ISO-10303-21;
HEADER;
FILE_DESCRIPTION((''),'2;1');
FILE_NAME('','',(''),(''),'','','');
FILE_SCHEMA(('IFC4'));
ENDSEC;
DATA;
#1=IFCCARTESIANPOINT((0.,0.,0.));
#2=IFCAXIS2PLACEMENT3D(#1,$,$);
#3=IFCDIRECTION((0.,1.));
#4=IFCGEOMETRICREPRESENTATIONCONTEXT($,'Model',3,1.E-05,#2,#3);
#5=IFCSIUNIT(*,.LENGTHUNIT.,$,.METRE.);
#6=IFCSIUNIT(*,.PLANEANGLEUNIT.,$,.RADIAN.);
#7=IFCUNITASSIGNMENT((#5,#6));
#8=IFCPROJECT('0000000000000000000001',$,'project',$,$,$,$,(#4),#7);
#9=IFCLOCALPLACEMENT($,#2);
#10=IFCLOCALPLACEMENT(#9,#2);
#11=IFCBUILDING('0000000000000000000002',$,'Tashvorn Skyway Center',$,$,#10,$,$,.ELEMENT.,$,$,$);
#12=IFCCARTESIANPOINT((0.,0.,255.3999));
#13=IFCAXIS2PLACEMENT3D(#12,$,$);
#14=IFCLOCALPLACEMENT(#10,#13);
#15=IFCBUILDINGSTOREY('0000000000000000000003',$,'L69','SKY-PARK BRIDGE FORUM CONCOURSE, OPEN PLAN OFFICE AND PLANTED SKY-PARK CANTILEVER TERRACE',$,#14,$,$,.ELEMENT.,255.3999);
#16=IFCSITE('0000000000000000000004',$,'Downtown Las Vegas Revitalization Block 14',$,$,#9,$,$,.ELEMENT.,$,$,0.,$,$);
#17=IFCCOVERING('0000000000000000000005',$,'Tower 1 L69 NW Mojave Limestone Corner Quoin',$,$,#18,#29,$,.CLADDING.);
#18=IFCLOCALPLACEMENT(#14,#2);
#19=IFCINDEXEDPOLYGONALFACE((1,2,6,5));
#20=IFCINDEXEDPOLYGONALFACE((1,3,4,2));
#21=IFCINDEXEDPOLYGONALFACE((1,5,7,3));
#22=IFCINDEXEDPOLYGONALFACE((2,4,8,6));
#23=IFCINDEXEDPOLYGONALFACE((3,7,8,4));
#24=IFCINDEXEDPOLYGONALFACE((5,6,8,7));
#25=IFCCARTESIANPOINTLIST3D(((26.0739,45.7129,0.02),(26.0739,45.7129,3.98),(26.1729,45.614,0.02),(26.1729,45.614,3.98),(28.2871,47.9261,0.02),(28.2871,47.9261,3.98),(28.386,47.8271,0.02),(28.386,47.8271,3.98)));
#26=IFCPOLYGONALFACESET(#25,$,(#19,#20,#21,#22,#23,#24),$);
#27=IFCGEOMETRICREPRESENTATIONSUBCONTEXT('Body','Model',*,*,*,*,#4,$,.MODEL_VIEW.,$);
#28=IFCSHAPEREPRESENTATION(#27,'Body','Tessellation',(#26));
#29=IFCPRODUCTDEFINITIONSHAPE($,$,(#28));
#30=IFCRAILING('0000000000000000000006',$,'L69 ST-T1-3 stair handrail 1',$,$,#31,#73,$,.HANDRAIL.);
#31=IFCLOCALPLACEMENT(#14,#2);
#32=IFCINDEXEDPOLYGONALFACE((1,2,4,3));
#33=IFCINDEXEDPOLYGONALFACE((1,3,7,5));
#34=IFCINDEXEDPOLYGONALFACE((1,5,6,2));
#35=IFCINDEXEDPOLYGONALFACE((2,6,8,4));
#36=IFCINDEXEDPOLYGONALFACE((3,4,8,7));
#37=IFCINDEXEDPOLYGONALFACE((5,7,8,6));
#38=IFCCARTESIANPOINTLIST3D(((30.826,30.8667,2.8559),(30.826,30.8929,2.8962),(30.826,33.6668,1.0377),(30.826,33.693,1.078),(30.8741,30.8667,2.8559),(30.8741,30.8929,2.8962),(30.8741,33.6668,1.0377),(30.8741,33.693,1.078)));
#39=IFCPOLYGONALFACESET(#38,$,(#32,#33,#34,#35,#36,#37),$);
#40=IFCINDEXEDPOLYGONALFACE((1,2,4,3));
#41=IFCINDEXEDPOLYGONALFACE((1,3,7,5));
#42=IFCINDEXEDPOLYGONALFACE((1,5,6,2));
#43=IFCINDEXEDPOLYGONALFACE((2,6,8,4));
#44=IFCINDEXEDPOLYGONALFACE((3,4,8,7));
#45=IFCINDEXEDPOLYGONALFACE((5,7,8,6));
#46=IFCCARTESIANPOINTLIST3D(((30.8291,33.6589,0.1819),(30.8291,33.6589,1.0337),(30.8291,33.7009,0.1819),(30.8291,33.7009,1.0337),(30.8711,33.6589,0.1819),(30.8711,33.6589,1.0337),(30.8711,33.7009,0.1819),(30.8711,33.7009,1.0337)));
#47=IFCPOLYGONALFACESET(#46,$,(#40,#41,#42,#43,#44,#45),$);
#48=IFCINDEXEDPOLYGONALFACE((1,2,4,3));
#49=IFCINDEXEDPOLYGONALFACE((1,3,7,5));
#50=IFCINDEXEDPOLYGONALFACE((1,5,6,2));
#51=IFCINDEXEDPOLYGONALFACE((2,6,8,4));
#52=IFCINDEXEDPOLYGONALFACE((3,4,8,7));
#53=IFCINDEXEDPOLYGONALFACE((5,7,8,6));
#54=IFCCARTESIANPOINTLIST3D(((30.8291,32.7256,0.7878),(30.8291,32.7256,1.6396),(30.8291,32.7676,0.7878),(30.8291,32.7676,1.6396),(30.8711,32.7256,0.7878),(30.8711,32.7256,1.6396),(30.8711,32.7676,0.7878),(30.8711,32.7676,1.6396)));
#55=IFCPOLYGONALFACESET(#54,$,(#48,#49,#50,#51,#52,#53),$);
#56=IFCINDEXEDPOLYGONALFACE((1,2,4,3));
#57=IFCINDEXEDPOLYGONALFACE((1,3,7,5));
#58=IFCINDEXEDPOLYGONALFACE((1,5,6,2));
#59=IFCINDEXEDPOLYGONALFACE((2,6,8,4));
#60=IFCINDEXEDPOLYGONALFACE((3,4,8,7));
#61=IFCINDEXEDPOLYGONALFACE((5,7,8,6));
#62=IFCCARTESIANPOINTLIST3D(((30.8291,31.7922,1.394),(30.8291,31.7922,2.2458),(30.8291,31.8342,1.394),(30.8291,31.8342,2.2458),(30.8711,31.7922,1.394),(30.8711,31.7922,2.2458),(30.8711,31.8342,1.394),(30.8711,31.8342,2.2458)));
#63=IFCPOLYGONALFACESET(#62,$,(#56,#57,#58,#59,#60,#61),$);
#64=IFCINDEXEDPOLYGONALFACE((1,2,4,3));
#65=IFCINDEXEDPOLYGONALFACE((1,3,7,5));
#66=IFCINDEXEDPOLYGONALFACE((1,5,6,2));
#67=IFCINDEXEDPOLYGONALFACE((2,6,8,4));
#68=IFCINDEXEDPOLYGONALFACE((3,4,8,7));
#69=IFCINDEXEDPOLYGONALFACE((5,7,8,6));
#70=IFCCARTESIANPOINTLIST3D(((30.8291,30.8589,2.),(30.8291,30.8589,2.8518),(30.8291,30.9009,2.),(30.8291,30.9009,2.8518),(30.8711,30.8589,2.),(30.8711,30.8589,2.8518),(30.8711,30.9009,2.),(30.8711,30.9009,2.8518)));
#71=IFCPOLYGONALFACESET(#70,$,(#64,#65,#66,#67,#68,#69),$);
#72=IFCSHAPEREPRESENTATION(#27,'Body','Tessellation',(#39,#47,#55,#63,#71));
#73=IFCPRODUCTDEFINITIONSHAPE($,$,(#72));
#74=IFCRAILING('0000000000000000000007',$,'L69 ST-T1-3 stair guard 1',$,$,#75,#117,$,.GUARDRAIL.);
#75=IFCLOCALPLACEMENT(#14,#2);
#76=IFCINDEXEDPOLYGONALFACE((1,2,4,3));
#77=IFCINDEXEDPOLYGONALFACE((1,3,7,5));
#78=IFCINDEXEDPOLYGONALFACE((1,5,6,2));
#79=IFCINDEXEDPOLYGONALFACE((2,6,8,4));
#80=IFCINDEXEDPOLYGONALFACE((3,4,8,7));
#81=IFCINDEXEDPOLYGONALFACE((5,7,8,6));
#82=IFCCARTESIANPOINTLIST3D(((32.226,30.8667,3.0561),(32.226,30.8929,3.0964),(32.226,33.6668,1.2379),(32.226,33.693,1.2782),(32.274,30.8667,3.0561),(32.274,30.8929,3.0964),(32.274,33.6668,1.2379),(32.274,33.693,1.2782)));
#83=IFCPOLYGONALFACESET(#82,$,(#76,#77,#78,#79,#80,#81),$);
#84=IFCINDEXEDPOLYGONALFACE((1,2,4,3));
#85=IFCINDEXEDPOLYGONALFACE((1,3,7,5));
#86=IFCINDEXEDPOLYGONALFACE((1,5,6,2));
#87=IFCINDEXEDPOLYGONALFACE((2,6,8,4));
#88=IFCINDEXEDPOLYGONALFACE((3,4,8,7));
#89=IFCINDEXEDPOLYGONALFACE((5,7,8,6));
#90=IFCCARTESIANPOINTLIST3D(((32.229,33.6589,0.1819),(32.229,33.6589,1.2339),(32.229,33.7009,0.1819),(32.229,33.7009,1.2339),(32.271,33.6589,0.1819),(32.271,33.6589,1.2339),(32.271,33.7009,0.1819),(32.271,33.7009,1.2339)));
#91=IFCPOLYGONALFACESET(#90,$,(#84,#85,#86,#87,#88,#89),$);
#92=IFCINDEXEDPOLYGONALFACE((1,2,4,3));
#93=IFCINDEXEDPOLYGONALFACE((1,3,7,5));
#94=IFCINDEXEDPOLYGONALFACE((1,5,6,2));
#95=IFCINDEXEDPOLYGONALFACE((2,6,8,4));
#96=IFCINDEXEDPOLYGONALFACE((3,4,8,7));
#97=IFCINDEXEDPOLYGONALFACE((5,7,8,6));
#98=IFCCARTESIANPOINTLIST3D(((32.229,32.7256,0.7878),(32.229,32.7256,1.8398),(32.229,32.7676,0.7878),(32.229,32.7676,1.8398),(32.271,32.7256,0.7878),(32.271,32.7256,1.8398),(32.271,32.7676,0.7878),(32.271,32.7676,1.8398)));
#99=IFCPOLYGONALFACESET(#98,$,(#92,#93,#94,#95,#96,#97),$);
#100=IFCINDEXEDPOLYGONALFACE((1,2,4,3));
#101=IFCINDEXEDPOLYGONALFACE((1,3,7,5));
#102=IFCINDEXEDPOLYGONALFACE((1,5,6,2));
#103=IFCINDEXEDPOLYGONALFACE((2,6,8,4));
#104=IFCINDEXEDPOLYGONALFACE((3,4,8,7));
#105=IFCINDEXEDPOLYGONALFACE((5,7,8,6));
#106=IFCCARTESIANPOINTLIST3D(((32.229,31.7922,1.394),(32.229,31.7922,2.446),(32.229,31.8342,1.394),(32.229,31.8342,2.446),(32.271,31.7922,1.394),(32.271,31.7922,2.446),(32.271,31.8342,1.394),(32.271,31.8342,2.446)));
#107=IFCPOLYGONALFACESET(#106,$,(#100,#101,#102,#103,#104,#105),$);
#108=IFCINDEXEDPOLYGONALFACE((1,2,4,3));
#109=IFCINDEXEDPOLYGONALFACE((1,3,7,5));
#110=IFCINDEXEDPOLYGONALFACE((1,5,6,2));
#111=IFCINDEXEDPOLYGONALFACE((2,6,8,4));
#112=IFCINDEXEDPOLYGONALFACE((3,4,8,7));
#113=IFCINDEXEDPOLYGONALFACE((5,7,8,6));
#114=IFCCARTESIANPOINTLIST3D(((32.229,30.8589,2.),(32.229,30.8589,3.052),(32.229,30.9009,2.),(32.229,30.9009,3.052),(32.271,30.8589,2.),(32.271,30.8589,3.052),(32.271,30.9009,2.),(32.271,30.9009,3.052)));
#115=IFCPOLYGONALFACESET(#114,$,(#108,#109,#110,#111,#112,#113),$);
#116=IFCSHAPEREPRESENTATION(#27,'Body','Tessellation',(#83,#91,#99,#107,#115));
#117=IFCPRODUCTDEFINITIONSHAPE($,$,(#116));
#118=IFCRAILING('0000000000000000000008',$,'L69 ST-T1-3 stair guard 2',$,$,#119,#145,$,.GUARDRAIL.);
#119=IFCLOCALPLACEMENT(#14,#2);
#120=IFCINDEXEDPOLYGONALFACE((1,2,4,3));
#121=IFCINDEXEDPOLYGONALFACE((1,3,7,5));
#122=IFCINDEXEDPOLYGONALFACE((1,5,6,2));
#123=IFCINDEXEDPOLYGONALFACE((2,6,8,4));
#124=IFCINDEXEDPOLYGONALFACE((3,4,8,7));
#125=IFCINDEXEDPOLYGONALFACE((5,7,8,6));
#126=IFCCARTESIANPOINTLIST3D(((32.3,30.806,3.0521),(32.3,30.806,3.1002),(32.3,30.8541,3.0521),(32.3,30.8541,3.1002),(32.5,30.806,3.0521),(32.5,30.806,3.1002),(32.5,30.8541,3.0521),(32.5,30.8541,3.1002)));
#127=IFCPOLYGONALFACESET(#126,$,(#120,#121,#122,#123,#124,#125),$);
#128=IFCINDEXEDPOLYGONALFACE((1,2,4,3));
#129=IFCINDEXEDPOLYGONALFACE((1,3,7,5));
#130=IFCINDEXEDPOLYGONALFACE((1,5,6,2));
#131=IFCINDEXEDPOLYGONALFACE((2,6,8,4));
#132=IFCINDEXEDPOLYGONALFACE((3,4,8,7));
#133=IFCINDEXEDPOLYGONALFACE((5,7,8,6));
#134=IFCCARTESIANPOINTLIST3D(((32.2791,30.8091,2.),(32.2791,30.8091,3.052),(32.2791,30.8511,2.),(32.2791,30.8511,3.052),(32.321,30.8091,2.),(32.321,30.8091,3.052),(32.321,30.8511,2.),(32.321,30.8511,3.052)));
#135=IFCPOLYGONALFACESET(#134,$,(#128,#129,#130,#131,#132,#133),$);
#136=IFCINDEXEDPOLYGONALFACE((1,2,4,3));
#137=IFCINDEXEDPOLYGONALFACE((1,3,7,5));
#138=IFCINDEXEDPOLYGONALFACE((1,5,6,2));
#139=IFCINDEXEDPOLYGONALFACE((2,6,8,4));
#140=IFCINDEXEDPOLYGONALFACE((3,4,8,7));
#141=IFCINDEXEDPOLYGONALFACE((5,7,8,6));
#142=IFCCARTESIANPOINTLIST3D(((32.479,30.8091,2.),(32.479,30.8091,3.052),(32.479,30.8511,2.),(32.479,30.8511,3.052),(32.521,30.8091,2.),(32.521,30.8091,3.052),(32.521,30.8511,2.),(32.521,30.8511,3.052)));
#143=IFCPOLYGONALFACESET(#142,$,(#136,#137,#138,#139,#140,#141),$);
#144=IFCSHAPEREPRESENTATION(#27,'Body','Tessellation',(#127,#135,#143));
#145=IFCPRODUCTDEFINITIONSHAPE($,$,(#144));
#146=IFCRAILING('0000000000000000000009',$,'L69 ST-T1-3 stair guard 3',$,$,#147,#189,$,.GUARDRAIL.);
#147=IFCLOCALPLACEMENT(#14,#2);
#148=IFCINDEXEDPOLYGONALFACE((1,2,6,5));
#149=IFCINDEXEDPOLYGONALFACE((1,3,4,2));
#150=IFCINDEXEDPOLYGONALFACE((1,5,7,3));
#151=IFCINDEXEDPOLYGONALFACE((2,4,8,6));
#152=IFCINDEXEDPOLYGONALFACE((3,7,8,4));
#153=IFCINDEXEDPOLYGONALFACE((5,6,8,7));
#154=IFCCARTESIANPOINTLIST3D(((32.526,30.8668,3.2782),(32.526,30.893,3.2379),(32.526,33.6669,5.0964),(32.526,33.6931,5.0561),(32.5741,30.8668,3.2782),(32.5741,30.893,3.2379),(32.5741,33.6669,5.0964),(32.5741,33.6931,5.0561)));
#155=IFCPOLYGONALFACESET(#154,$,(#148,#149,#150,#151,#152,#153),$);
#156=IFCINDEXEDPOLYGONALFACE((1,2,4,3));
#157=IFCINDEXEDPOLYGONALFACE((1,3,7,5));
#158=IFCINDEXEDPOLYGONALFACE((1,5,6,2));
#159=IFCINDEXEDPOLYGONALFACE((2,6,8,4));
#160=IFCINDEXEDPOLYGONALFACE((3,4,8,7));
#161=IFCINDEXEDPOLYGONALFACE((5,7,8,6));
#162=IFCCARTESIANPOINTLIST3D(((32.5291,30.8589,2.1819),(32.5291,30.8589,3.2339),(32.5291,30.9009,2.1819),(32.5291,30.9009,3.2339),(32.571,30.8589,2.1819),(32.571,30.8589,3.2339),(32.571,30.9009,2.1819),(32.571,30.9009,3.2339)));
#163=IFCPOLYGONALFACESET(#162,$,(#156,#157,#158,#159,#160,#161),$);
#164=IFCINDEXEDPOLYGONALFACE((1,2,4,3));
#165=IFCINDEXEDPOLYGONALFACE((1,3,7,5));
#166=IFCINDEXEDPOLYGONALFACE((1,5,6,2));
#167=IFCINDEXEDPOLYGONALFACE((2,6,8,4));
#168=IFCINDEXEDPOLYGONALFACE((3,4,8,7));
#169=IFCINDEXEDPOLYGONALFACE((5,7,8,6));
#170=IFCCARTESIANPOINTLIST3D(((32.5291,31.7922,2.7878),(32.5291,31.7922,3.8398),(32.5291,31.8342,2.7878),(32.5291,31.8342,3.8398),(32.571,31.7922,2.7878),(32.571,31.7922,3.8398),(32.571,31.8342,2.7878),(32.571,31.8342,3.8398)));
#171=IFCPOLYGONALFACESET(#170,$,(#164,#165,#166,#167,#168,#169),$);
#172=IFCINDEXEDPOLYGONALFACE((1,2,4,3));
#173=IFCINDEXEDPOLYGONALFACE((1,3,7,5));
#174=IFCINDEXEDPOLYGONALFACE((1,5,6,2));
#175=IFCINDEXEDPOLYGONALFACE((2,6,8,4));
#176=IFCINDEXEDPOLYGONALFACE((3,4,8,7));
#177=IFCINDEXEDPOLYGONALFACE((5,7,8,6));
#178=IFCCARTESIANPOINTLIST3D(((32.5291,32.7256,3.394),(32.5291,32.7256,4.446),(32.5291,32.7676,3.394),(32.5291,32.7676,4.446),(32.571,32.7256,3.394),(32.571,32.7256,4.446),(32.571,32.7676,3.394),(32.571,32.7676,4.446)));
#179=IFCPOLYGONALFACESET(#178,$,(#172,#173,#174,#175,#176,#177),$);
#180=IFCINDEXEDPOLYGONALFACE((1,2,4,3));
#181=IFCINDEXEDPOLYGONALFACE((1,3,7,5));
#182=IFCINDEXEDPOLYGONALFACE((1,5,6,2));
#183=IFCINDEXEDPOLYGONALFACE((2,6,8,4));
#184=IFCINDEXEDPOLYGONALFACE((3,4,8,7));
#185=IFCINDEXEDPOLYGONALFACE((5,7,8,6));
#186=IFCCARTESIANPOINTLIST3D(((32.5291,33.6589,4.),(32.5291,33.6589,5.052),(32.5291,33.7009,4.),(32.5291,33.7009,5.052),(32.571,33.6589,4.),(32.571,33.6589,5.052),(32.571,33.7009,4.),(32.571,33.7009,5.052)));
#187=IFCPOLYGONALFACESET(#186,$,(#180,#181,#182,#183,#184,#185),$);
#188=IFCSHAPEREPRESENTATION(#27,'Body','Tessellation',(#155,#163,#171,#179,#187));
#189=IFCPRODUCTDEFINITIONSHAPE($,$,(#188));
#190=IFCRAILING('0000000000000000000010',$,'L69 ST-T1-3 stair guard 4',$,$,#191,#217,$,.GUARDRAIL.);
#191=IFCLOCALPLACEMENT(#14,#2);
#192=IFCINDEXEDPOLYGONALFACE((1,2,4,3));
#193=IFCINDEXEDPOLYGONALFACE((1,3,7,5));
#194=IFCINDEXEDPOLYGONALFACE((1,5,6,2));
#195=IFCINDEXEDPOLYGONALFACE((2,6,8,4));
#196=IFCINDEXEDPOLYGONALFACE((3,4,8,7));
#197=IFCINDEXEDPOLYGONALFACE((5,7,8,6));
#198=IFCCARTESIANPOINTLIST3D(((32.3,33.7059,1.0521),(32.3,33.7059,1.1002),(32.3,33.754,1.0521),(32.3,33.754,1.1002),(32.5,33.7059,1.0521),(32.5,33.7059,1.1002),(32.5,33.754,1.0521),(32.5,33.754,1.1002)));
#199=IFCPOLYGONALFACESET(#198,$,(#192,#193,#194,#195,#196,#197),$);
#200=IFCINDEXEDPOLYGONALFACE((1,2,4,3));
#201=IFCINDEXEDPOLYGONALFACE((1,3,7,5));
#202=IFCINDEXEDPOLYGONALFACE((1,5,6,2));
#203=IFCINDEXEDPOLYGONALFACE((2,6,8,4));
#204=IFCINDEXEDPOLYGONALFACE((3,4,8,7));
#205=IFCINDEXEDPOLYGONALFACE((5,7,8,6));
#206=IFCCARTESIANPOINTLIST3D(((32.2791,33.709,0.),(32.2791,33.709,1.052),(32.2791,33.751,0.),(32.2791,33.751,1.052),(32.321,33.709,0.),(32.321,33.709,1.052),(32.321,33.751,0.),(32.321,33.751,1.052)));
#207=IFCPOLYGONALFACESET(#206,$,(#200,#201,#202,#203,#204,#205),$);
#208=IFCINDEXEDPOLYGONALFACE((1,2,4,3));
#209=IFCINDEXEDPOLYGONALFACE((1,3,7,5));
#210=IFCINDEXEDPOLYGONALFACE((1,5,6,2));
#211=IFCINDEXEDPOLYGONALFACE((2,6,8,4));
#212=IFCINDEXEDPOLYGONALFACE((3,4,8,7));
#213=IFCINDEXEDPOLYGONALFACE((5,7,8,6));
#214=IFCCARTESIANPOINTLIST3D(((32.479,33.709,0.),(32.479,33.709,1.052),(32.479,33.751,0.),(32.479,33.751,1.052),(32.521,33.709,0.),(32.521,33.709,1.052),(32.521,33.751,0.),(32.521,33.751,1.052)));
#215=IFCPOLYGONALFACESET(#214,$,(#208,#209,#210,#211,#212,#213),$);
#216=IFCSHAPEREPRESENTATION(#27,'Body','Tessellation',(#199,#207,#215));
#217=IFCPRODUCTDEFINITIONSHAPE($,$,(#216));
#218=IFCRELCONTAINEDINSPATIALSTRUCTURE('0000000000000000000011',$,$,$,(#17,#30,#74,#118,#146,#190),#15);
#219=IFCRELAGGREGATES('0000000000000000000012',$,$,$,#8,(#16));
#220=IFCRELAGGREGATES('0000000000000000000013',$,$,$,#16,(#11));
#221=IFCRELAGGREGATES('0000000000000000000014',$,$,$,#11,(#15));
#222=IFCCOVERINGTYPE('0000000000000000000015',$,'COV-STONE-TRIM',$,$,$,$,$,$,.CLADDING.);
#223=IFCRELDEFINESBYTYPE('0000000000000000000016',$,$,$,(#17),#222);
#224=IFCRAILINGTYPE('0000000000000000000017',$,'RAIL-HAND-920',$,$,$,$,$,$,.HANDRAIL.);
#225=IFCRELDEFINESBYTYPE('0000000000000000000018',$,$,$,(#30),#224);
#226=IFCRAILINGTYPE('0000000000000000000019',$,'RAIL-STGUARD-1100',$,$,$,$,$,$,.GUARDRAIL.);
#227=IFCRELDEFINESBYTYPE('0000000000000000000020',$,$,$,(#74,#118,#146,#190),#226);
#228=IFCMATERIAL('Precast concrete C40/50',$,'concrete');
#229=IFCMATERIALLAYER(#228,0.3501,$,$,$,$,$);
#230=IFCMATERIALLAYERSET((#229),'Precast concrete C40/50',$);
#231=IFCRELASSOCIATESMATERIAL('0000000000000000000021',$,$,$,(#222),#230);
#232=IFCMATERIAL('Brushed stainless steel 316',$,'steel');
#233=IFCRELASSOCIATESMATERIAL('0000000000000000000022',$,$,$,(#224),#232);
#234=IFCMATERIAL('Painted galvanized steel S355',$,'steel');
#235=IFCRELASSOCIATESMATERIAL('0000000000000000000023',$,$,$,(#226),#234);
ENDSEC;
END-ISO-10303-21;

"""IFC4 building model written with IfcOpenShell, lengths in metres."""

from ifc_helpers import new_model, si_unit, direction, frame, origin, origin_2d, place, context, subcontext, project, spatial, rectangle, extrude, material, layer, layer_set, type_object, element, save


model = new_model("IFC4")

# Units and contexts
model_context = context("Model", 3, precision=1e-05, world=origin(), true_north=direction((0.0, 1.0)))
body_context = subcontext(model_context, "Body", "Model", "MODEL_VIEW")
ifc_project = project(units=[si_unit("LENGTHUNIT", "METRE"), si_unit("PLANEANGLEUNIT", "RADIAN")], contexts=[model_context])

# Site, building, storey
site_placement = place(None, origin())
site = spatial("IfcSite", under=ifc_project, at=site_placement, Name="Downtown Las Vegas Revitalization Block 14", CompositionType="ELEMENT", RefElevation=0.0)
building_placement = place(site_placement, origin())
building = spatial("IfcBuilding", under=site, at=building_placement, Name="Tashvorn Skyway Center", CompositionType="ELEMENT")
storey_placement = place(building_placement, frame((0.0, 0.0, 255.3999)))
storey = spatial("IfcBuildingStorey", under=building, at=storey_placement, Name="L69", Description="SKY-PARK BRIDGE FORUM CONCOURSE, OPEN PLAN OFFICE AND PLANTED SKY-PARK CANTILEVER TERRACE", CompositionType="ELEMENT", Elevation=255.3999)

# Covering
ifc_material_1 = material(Name="Precast concrete C40/50", Category="concrete")
ifc_layer_1 = layer(ifc_material_1, 0.3501)
ifc_layer_set_1 = layer_set([ifc_layer_1], Name="Precast concrete C40/50")
covering_type = type_object("IfcCoveringType", Name="COV-STONE-TRIM", PredefinedType="CLADDING", material=ifc_layer_set_1)
covering_placement = place(storey_placement, frame((27.23, 46.77, 0.02), z_axis=(0.0, 0.0, 1.0), x_axis=(-0.707107, -0.707107, 0.0)))
element("IfcCovering", 1, at=covering_placement, inside=storey, type_object=covering_type, Name="Tower 1 L69 NW Mojave Limestone Corner Quoin", PredefinedType="CLADDING", context=body_context, shape_type="SweptSolid", body=[
    extrude(rectangle(XDim=3.1299, YDim=0.1399, at=origin_2d()), origin(), (0.0, 0.0, 1.0), 3.96),
])

# Railings
ifc_material_2 = material(Name="Brushed stainless steel 316", Category="steel")
railing_type_1 = type_object("IfcRailingType", Name="RAIL-HAND-920", PredefinedType="HANDRAIL", material=ifc_material_2)
railing_1_placement = place(storey_placement, frame((30.8501, 33.6799, 0.1819)))
element("IfcRailing", 2, at=railing_1_placement, inside=storey, type_object=railing_type_1, Name="L69 ST-T1-3 stair handrail 1", PredefinedType="HANDRAIL", context=body_context, shape_type="SweptSolid", body=[
    extrude(rectangle(XDim=0.0481, YDim=0.0481, at=origin_2d()), frame((0.0, 0.0, 0.876), z_axis=(0.0, -0.838706, 0.544585), x_axis=(1.0, 0.0, 0.0)), (0.0, 0.0, 1.0), 3.3386),
    extrude(rectangle(XDim=0.042, YDim=0.042, at=origin_2d()), origin(), (0.0, 0.0, 1.0), 0.8518),
    extrude(rectangle(XDim=0.042, YDim=0.042, at=origin_2d()), frame((0.0, -0.9333, 0.606)), (0.0, 0.0, 1.0), 0.8518),
    extrude(rectangle(XDim=0.042, YDim=0.042, at=origin_2d()), frame((0.0, -1.8667, 1.2122)), (0.0, 0.0, 1.0), 0.8518),
    extrude(rectangle(XDim=0.042, YDim=0.042, at=origin_2d()), frame((0.0, -2.8, 1.8181)), (0.0, 0.0, 1.0), 0.8518),
])
ifc_material_3 = material(Name="Painted galvanized steel S355", Category="steel")
railing_type_2 = type_object("IfcRailingType", Name="RAIL-STGUARD-1100", PredefinedType="GUARDRAIL", material=ifc_material_3)
railing_2_placement = place(storey_placement, frame((32.25, 33.6799, 0.1819)))
element("IfcRailing", 3, at=railing_2_placement, inside=storey, type_object=railing_type_2, Name="L69 ST-T1-3 stair guard 1", PredefinedType="GUARDRAIL", context=body_context, shape_type="SweptSolid", body=[
    extrude(rectangle(XDim=0.0481, YDim=0.0481, at=origin_2d()), frame((0.0, 0.0, 1.0762), z_axis=(0.0, -0.838706, 0.544585), x_axis=(1.0, 0.0, 0.0)), (0.0, 0.0, 1.0), 3.3386),
    extrude(rectangle(XDim=0.042, YDim=0.042, at=origin_2d()), origin(), (0.0, 0.0, 1.0), 1.052),
    extrude(rectangle(XDim=0.042, YDim=0.042, at=origin_2d()), frame((0.0, -0.9333, 0.606)), (0.0, 0.0, 1.0), 1.052),
    extrude(rectangle(XDim=0.042, YDim=0.042, at=origin_2d()), frame((0.0, -1.8667, 1.2122)), (0.0, 0.0, 1.0), 1.052),
    extrude(rectangle(XDim=0.042, YDim=0.042, at=origin_2d()), frame((0.0, -2.8, 1.8181)), (0.0, 0.0, 1.0), 1.052),
])
railing_3_placement = place(storey_placement, frame((32.3, 30.8301, 2.0)))
element("IfcRailing", 4, at=railing_3_placement, inside=storey, type_object=railing_type_2, Name="L69 ST-T1-3 stair guard 2", PredefinedType="GUARDRAIL", context=body_context, shape_type="SweptSolid", body=[
    extrude(rectangle(XDim=0.0481, YDim=0.0481, at=origin_2d()), frame((0.0, 0.0, 1.0762), z_axis=(1.0, 0.0, 0.0), x_axis=(0.0, 1.0, 0.0)), (0.0, 0.0, 1.0), 0.2),
    extrude(rectangle(XDim=0.042, YDim=0.042, at=origin_2d()), origin(), (0.0, 0.0, 1.0), 1.052),
    extrude(rectangle(XDim=0.042, YDim=0.042, at=origin_2d()), frame((0.2, 0.0, 0.0)), (0.0, 0.0, 1.0), 1.052),
])
railing_4_placement = place(storey_placement, frame((32.55, 30.8799, 2.1819)))
element("IfcRailing", 5, at=railing_4_placement, inside=storey, type_object=railing_type_2, Name="L69 ST-T1-3 stair guard 3", PredefinedType="GUARDRAIL", context=body_context, shape_type="SweptSolid", body=[
    extrude(rectangle(XDim=0.0481, YDim=0.0481, at=origin_2d()), frame((0.0, 0.0, 1.0762), z_axis=(0.0, 0.838706, 0.544585), x_axis=(-1.0, 0.0, 0.0)), (0.0, 0.0, 1.0), 3.3386),
    extrude(rectangle(XDim=0.042, YDim=0.042, at=origin_2d()), origin(), (0.0, 0.0, 1.0), 1.052),
    extrude(rectangle(XDim=0.042, YDim=0.042, at=origin_2d()), frame((0.0, 0.9333, 0.606)), (0.0, 0.0, 1.0), 1.052),
    extrude(rectangle(XDim=0.042, YDim=0.042, at=origin_2d()), frame((0.0, 1.8667, 1.2122)), (0.0, 0.0, 1.0), 1.052),
    extrude(rectangle(XDim=0.042, YDim=0.042, at=origin_2d()), frame((0.0, 2.8, 1.8181)), (0.0, 0.0, 1.0), 1.052),
])
railing_5_placement = place(storey_placement, frame((32.3, 33.73, 0.0)))
element("IfcRailing", 6, at=railing_5_placement, inside=storey, type_object=railing_type_2, Name="L69 ST-T1-3 stair guard 4", PredefinedType="GUARDRAIL", context=body_context, shape_type="SweptSolid", body=[
    extrude(rectangle(XDim=0.0481, YDim=0.0481, at=origin_2d()), frame((0.0, 0.0, 1.0762), z_axis=(1.0, 0.0, 0.0), x_axis=(0.0, 1.0, 0.0)), (0.0, 0.0, 1.0), 0.2),
    extrude(rectangle(XDim=0.042, YDim=0.042, at=origin_2d()), origin(), (0.0, 0.0, 1.0), 1.052),
    extrude(rectangle(XDim=0.042, YDim=0.042, at=origin_2d()), frame((0.2, 0.0, 0.0)), (0.0, 0.0, 1.0), 1.052),
])

save(model, "model.ifc")
